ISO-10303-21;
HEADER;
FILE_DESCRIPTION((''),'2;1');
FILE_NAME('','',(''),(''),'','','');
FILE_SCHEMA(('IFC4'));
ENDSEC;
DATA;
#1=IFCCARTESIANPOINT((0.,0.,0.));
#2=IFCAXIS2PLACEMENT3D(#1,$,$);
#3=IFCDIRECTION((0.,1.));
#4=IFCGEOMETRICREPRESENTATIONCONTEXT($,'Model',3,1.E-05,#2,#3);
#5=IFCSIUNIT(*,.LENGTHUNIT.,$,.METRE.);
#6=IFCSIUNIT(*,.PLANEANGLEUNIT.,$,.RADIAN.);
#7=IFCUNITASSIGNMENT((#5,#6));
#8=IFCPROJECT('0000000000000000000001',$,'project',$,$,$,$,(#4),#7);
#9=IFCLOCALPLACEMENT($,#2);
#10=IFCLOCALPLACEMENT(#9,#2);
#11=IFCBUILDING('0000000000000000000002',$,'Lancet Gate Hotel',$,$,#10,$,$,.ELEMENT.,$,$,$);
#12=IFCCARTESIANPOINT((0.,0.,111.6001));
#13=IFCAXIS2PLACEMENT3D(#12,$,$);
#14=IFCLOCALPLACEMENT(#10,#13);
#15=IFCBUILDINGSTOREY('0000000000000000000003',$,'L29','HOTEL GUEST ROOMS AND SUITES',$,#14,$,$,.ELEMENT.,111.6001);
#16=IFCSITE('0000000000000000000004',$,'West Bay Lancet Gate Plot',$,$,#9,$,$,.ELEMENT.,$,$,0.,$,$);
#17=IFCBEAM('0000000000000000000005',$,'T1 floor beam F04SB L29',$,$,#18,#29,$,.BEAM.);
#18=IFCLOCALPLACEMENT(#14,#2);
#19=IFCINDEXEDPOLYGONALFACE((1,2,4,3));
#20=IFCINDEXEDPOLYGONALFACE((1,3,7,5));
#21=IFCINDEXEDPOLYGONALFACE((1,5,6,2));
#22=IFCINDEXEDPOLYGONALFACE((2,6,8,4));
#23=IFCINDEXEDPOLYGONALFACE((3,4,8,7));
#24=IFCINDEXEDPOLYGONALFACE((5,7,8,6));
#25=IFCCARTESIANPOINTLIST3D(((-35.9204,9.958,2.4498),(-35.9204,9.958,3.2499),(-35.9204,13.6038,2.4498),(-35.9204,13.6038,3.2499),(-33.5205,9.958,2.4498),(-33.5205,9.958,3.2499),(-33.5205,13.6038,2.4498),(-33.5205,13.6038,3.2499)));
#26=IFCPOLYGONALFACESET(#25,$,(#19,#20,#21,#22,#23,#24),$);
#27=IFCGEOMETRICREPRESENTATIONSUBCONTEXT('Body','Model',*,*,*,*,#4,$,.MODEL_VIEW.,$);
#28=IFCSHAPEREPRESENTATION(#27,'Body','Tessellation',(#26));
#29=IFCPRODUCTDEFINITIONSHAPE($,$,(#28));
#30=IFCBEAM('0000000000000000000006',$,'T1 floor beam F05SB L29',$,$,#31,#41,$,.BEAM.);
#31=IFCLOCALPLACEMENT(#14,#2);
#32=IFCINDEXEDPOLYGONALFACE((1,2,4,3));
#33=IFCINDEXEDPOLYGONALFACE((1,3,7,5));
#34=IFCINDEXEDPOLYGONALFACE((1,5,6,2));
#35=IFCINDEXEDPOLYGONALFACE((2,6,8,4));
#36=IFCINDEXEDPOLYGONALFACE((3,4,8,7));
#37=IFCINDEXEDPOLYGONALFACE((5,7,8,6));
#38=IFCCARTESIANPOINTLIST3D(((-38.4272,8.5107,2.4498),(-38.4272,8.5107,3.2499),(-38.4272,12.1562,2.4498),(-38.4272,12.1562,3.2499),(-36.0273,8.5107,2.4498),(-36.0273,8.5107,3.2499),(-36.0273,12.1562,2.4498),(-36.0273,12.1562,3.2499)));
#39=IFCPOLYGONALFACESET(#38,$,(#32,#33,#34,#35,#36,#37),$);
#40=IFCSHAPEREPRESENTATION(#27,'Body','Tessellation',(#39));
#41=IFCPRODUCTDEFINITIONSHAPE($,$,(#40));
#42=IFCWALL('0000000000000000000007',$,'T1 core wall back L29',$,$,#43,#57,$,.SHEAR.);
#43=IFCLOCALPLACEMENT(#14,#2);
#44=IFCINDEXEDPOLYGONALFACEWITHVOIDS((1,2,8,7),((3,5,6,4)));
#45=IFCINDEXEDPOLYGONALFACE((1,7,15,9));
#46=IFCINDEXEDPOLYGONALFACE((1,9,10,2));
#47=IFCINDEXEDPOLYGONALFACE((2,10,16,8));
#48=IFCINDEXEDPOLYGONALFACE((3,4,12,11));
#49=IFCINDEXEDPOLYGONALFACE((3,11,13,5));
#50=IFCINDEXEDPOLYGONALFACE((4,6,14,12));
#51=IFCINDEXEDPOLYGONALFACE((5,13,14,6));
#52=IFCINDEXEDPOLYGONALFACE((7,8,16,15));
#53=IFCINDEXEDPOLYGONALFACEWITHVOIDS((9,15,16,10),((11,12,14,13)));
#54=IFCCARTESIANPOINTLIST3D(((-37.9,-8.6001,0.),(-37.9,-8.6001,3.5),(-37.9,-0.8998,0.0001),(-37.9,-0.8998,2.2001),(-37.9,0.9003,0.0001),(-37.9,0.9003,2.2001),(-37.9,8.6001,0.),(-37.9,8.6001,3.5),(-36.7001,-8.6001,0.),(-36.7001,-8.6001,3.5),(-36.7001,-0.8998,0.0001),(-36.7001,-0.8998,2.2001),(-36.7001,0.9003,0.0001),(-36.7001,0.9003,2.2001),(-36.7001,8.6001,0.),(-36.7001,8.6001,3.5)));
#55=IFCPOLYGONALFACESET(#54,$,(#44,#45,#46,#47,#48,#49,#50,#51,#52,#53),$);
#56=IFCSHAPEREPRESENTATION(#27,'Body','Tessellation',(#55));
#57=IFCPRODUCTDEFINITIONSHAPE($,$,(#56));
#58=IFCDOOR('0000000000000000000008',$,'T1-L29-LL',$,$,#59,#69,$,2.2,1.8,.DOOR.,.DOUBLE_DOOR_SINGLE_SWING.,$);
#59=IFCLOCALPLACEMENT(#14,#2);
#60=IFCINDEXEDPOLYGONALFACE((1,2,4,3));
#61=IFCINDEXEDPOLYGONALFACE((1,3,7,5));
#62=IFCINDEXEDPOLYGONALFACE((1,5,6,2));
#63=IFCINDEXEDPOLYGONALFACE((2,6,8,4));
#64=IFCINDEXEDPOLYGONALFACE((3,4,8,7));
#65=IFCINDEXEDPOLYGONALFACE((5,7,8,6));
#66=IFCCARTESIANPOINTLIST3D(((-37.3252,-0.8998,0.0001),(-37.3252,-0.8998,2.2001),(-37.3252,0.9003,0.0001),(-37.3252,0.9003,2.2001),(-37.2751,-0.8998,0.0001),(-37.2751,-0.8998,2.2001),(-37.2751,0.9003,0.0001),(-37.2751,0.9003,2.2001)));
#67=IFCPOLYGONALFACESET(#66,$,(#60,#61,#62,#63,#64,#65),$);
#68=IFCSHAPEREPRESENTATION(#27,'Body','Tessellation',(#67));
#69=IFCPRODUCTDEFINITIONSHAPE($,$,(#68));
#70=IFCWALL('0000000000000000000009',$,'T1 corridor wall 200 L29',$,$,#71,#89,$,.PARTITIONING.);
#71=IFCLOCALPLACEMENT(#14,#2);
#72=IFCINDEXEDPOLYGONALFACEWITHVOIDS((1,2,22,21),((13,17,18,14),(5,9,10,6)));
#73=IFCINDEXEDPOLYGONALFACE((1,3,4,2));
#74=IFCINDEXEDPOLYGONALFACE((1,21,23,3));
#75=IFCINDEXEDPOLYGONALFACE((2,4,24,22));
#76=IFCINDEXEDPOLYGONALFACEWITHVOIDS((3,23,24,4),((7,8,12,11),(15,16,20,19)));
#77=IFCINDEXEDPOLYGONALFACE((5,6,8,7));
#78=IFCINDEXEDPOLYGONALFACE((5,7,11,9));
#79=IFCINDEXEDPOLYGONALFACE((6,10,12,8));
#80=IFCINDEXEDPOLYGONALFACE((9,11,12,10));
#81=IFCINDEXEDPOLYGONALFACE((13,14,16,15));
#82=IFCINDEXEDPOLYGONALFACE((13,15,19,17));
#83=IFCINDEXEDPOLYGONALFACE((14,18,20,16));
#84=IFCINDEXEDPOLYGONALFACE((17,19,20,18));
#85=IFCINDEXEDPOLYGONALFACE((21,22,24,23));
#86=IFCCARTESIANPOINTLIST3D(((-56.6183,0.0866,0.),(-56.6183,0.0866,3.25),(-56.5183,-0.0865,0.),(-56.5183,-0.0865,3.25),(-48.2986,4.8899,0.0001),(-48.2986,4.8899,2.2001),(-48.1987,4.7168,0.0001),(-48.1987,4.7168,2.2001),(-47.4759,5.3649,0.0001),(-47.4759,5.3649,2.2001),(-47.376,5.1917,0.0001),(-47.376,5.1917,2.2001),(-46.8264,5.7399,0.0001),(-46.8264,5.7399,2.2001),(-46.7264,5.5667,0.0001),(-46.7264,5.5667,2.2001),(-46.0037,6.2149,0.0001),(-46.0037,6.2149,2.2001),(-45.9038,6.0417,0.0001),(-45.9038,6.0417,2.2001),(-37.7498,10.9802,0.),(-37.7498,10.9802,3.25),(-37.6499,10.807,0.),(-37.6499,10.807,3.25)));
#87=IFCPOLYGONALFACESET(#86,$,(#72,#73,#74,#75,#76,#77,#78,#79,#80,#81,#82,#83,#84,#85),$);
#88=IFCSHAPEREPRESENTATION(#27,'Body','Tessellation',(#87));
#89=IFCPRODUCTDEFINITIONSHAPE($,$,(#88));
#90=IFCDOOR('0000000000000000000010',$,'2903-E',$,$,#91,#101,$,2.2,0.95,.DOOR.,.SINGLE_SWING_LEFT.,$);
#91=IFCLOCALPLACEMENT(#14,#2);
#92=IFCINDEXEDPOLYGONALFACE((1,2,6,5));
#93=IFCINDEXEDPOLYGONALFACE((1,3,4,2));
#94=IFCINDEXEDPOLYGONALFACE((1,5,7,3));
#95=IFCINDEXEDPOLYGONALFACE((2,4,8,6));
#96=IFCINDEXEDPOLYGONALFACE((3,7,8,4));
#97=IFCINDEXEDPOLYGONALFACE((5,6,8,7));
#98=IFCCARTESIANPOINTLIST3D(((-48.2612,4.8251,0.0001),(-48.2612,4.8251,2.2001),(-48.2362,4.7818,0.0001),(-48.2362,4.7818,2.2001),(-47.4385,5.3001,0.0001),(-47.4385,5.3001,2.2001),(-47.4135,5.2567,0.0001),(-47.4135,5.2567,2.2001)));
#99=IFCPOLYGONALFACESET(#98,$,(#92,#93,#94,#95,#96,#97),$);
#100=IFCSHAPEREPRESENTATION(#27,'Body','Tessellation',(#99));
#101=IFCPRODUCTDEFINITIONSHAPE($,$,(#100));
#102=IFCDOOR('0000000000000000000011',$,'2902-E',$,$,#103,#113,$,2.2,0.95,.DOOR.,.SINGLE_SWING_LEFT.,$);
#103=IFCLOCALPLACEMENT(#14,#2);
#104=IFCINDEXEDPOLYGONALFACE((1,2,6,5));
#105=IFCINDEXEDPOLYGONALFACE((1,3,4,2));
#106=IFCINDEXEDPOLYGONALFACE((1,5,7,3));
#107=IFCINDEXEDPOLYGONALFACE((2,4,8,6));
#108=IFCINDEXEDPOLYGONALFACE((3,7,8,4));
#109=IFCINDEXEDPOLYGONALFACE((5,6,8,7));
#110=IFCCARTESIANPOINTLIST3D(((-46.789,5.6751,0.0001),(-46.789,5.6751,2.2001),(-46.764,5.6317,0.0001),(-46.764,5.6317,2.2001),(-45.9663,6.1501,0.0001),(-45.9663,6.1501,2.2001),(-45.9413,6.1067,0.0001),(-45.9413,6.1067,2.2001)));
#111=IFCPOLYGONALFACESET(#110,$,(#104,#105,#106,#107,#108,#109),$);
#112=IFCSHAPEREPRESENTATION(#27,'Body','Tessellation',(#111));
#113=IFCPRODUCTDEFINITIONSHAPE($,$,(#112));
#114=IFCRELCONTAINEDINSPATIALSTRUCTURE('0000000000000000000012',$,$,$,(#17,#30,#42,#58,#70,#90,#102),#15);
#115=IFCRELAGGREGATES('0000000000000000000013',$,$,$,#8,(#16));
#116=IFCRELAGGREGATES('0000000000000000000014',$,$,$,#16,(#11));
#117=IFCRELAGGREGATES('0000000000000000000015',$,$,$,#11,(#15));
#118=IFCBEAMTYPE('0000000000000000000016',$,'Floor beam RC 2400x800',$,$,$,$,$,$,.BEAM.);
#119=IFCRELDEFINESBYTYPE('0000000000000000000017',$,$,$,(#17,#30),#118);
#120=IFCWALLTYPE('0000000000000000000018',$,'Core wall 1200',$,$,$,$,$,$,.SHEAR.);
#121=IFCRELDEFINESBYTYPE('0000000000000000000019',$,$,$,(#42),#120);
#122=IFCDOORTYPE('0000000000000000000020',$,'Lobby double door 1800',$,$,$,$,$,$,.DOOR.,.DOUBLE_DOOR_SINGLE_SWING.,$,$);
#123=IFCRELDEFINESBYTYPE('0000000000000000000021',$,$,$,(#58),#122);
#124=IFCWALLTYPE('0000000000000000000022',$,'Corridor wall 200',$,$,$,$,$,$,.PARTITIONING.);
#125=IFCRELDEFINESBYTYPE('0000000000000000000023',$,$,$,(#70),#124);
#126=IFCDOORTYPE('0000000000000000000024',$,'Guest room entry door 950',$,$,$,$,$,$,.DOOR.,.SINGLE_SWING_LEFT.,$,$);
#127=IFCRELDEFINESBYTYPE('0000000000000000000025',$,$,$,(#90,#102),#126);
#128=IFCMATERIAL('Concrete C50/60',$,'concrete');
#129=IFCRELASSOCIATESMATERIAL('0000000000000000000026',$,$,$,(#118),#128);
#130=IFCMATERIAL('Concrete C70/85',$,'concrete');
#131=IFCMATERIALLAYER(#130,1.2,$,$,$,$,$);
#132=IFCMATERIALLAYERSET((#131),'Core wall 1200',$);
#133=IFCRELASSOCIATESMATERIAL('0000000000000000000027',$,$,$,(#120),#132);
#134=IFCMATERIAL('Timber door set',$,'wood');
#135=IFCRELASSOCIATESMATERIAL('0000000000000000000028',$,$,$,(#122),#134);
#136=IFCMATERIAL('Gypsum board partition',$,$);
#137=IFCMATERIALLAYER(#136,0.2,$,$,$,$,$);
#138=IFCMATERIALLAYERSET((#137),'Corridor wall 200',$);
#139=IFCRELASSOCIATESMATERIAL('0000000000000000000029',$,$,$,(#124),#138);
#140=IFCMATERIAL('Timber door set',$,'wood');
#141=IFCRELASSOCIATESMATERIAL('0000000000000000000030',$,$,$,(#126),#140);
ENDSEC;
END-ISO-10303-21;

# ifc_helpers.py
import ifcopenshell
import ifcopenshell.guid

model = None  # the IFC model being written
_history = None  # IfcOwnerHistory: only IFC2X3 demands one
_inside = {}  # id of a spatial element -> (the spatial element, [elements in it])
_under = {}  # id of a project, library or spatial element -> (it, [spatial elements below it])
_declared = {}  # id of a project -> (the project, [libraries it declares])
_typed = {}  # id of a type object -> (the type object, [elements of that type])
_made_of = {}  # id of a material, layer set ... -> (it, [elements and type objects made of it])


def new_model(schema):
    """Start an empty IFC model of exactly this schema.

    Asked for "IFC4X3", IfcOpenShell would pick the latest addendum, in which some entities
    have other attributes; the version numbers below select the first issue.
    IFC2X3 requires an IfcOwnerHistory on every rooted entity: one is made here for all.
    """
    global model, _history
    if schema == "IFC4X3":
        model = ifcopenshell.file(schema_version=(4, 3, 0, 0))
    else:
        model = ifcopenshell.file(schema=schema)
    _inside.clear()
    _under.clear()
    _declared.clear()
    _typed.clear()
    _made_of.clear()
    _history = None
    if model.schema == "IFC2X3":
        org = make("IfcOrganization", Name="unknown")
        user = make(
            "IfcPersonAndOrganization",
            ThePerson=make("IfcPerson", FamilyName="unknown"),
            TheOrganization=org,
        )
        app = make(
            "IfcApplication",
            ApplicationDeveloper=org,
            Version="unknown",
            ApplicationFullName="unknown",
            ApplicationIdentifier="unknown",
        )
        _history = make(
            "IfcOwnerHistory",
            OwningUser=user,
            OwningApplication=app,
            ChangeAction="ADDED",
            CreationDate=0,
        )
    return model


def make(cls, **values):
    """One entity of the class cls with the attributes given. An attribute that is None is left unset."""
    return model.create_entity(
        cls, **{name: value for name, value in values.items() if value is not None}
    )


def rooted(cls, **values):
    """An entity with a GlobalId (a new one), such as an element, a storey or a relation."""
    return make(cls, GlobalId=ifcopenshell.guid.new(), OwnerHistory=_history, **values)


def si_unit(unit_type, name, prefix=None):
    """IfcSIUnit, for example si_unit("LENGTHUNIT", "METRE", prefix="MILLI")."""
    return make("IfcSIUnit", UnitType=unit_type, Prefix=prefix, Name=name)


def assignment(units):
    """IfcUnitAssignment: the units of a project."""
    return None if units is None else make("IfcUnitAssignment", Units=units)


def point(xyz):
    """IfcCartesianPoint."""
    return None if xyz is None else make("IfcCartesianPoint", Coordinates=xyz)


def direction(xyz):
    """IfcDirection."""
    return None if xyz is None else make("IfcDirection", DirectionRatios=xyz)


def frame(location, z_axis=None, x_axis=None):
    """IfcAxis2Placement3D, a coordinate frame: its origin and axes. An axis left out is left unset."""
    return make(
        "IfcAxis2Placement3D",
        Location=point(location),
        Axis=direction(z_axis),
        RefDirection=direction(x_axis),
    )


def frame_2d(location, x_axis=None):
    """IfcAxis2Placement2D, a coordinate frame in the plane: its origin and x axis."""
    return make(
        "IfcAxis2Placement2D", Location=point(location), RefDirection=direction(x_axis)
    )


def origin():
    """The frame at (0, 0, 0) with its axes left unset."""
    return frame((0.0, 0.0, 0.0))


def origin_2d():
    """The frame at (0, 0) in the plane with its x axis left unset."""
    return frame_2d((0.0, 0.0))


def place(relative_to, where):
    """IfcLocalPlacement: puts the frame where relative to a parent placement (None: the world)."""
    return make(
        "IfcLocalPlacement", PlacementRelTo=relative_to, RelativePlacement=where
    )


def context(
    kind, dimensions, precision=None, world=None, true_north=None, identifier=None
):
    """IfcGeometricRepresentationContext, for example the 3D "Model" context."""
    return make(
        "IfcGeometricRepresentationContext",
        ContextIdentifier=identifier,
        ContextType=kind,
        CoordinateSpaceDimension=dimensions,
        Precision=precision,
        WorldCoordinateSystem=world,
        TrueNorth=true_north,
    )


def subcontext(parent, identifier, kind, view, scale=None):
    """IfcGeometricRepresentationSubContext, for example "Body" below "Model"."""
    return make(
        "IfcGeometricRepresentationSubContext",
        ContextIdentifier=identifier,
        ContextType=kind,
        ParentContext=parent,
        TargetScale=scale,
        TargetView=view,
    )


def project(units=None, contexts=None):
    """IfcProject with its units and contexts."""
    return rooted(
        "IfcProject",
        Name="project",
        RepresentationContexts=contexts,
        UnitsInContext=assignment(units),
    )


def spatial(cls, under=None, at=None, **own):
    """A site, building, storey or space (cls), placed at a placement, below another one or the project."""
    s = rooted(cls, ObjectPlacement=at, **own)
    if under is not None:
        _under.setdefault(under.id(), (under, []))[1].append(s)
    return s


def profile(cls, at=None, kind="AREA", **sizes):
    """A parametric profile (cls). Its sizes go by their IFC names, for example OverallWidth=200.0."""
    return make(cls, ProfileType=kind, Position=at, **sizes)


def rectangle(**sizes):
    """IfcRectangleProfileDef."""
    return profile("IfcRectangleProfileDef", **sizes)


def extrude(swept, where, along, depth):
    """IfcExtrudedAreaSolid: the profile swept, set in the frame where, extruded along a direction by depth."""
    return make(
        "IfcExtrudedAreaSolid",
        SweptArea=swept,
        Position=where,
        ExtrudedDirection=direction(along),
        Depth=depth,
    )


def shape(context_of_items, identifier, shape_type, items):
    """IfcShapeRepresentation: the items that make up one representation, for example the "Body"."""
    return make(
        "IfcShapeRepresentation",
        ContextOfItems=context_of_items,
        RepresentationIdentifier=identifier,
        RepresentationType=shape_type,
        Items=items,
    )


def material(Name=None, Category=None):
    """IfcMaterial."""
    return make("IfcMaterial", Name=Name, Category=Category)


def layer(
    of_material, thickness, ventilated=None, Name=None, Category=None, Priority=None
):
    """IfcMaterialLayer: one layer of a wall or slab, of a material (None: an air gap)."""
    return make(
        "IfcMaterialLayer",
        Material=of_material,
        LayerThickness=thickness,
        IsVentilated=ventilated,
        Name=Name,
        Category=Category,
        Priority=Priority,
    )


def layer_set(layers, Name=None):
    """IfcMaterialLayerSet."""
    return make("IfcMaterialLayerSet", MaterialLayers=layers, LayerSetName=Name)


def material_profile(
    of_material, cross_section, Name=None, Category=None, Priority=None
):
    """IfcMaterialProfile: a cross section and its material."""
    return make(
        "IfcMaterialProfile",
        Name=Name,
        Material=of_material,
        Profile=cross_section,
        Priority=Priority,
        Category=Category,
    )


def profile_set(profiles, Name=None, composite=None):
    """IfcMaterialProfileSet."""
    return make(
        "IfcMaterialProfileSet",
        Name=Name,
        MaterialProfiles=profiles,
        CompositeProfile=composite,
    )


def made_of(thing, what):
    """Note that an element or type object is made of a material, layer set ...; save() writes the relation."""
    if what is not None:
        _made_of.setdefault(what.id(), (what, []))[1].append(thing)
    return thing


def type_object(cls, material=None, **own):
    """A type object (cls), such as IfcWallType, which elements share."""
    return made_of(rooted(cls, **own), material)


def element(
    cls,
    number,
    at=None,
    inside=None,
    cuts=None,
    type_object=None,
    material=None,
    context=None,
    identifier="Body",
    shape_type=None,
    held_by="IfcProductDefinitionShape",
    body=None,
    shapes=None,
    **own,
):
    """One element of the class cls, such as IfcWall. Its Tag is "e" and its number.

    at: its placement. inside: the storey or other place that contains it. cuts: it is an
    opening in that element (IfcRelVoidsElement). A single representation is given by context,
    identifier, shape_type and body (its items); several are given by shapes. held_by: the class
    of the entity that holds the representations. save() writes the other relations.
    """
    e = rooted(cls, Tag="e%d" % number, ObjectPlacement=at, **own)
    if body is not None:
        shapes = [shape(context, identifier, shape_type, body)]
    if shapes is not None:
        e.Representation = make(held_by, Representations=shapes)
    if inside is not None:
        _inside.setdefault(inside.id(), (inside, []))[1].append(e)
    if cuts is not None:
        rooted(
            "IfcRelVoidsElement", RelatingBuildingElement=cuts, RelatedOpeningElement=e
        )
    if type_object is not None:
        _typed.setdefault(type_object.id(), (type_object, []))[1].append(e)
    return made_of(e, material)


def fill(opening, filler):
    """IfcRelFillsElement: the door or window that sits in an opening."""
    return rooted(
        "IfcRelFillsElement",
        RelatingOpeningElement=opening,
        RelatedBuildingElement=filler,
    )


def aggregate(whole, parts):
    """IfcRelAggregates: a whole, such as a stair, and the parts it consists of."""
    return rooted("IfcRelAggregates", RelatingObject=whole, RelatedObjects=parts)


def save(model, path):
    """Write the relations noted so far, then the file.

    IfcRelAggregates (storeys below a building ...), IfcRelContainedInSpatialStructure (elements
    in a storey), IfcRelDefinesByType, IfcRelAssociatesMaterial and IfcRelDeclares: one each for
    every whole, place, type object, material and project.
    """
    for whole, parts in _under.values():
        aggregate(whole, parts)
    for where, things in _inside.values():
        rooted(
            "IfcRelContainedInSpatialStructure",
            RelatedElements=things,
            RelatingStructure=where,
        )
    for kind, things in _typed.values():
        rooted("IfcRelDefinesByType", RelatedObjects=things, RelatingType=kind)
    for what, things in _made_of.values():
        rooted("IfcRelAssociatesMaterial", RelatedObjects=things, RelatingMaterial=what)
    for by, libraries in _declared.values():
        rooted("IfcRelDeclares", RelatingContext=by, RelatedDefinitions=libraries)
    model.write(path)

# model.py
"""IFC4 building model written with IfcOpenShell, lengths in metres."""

from ifc_helpers import new_model, si_unit, direction, frame, frame_2d, origin, origin_2d, place, context, subcontext, project, spatial, rectangle, extrude, material, layer, layer_set, material_profile, profile_set, type_object, element, fill, save


model = new_model("IFC4")

# Units and contexts
model_context = context("Model", 3, precision=1e-05, world=origin(), true_north=direction((0.0, 1.0)))
body_context = subcontext(model_context, "Body", "Model", "MODEL_VIEW")
ifc_project = project(units=[si_unit("LENGTHUNIT", "METRE"), si_unit("PLANEANGLEUNIT", "RADIAN")], contexts=[model_context])

# Site, building, storey
site_placement = place(None, origin())
site = spatial("IfcSite", under=ifc_project, at=site_placement, Name="West Bay Lancet Gate Plot", CompositionType="ELEMENT", RefElevation=0.0)
building_placement = place(site_placement, origin())
building = spatial("IfcBuilding", under=site, at=building_placement, Name="Lancet Gate Hotel", CompositionType="ELEMENT")
storey_placement = place(building_placement, frame((0.0, 0.0, 111.6001)))
storey = spatial("IfcBuildingStorey", under=building, at=storey_placement, Name="L29", Description="HOTEL GUEST ROOMS AND SUITES", CompositionType="ELEMENT", Elevation=111.6001)

# Beams
ifc_material_1 = material(Name="Concrete C50/60", Category="concrete")
ifc_material_profile = material_profile(ifc_material_1, rectangle(XDim=2.3999, YDim=0.8, at=origin_2d()), Name="RC 2400x800")
ifc_profile_set = profile_set([ifc_material_profile], Name="Concrete C50/60")
beam_type = type_object("IfcBeamType", Name="Floor beam RC 2400x800", PredefinedType="BEAM", material=ifc_profile_set)
beam_1_placement = place(storey_placement, frame((-34.7205, 13.6038, 2.8499), z_axis=(0.0, -1.0, 0.0), x_axis=(1.0, 0.0, 0.0)))
element("IfcBeam", 1, at=beam_1_placement, inside=storey, type_object=beam_type, Name="T1 floor beam F04SB L29", PredefinedType="BEAM", context=body_context, shape_type="SweptSolid", body=[
    extrude(rectangle(XDim=2.3999, YDim=0.8, at=origin_2d()), origin(), (0.0, 0.0, 1.0), 3.6458),
])
beam_2_placement = place(storey_placement, frame((-37.2273, 12.1562, 2.8499), z_axis=(0.0, -1.0, 0.0), x_axis=(1.0, 0.0, 0.0)))
element("IfcBeam", 2, at=beam_2_placement, inside=storey, type_object=beam_type, Name="T1 floor beam F05SB L29", PredefinedType="BEAM", context=body_context, shape_type="SweptSolid", body=[
    extrude(rectangle(XDim=2.3999, YDim=0.8, at=origin_2d()), origin(), (0.0, 0.0, 1.0), 3.6455),
])

# Wall, opening, door
ifc_material_2 = material(Name="Concrete C70/85", Category="concrete")
ifc_layer_1 = layer(ifc_material_2, 1.2)
ifc_layer_set_1 = layer_set([ifc_layer_1], Name="Core wall 1200")
wall_type_1 = type_object("IfcWallType", Name="Core wall 1200", PredefinedType="SHEAR", material=ifc_layer_set_1)
wall_1_placement = place(storey_placement, frame((-37.3, 8.6001, 0.0), z_axis=(0.0, 0.0, 1.0), x_axis=(0.0, -1.0, 0.0)))
wall_1 = element("IfcWall", 3, at=wall_1_placement, inside=storey, type_object=wall_type_1, Name="T1 core wall back L29", PredefinedType="SHEAR", context=body_context, shape_type="SweptSolid", body=[
    extrude(rectangle(XDim=17.2002, YDim=1.2, at=frame_2d((8.6001, 0.0))), origin(), (0.0, 0.0, 1.0), 3.5),
])
opening_1_placement = place(wall_1_placement, frame((7.7, 0.0, 0.0)))
opening_1 = element("IfcOpeningElement", 4, at=opening_1_placement, cuts=wall_1, PredefinedType="OPENING", context=body_context, shape_type="SweptSolid", body=[
    extrude(rectangle(XDim=1.8, YDim=2.2, at=frame_2d((0.8999, 1.1001))), frame((0.0, 0.6099, 0.0), z_axis=(0.0, -1.0, 0.0), x_axis=(1.0, 0.0, 0.0)), (0.0, 0.0, 1.0), 1.22),
])
ifc_material_3 = material(Name="Timber door set", Category="wood")
door_type_1 = type_object("IfcDoorType", Name="Lobby double door 1800", OperationType="DOUBLE_DOOR_SINGLE_SWING", PredefinedType="DOOR", material=ifc_material_3)
door_1_placement = place(opening_1_placement, origin())
door_1 = element("IfcDoor", 5, at=door_1_placement, inside=storey, type_object=door_type_1, Name="T1-L29-LL", OperationType="DOUBLE_DOOR_SINGLE_SWING", OverallHeight=2.2, OverallWidth=1.8, PredefinedType="DOOR", context=body_context, shape_type="SweptSolid", body=[
    extrude(rectangle(XDim=1.8, YDim=2.2, at=frame_2d((0.8999, 1.1001))), frame((0.0, 0.0249, 0.0), z_axis=(0.0, -1.0, 0.0), x_axis=(1.0, 0.0, 0.0)), (0.0, 0.0, 1.0), 0.05),
])
fill(opening_1, door_1)

# Wall, openings, doors
ifc_material_4 = material(Name="Gypsum board partition")
ifc_layer_2 = layer(ifc_material_4, 0.2)
ifc_layer_set_2 = layer_set([ifc_layer_2], Name="Corridor wall 200")
wall_type_2 = type_object("IfcWallType", Name="Corridor wall 200", PredefinedType="PARTITIONING", material=ifc_layer_set_2)
wall_2_placement = place(storey_placement, frame((-37.7, 10.8936, 0.0), z_axis=(0.0, 0.0, 1.0), x_axis=(-0.866028, -0.499996, 0.0)))
wall_2 = element("IfcWall", 6, at=wall_2_placement, inside=storey, type_object=wall_type_2, Name="T1 corridor wall 200 L29", PredefinedType="PARTITIONING", context=body_context, shape_type="SweptSolid", body=[
    extrude(rectangle(XDim=21.7874, YDim=0.2, at=frame_2d((10.8936, 0.0))), origin(), (0.0, 0.0, 1.0), 3.25),
])
opening_2_placement = place(wall_2_placement, frame((11.2305, 0.0, 0.0)))
opening_2 = element("IfcOpeningElement", 7, at=opening_2_placement, cuts=wall_2, PredefinedType="OPENING", context=body_context, shape_type="SweptSolid", body=[
    extrude(rectangle(XDim=0.95, YDim=2.2, at=frame_2d((0.4751, 1.1001))), frame((0.0, 0.1099, 0.0), z_axis=(0.0, -1.0, 0.0), x_axis=(1.0, 0.0, 0.0)), (0.0, 0.0, 1.0), 0.22),
])
opening_3_placement = place(wall_2_placement, frame((9.5305, 0.0, 0.0)))
opening_3 = element("IfcOpeningElement", 8, at=opening_3_placement, cuts=wall_2, PredefinedType="OPENING", context=body_context, shape_type="SweptSolid", body=[
    extrude(rectangle(XDim=0.95, YDim=2.2, at=frame_2d((0.4751, 1.1001))), frame((0.0, 0.1099, 0.0), z_axis=(0.0, -1.0, 0.0), x_axis=(1.0, 0.0, 0.0)), (0.0, 0.0, 1.0), 0.22),
])
ifc_material_5 = material(Name="Timber door set", Category="wood")
door_type_2 = type_object("IfcDoorType", Name="Guest room entry door 950", OperationType="SINGLE_SWING_LEFT", PredefinedType="DOOR", material=ifc_material_5)
door_2_placement = place(opening_2_placement, origin())
door_2 = element("IfcDoor", 9, at=door_2_placement, inside=storey, type_object=door_type_2, Name="2903-E", OperationType="SINGLE_SWING_LEFT", OverallHeight=2.2, OverallWidth=0.95, PredefinedType="DOOR", context=body_context, shape_type="SweptSolid", body=[
    extrude(rectangle(XDim=0.95, YDim=2.2, at=frame_2d((0.4751, 1.1001))), frame((0.0, 0.0249, 0.0), z_axis=(0.0, -1.0, 0.0), x_axis=(1.0, 0.0, 0.0)), (0.0, 0.0, 1.0), 0.05),
])
fill(opening_2, door_2)
door_3_placement = place(opening_3_placement, origin())
door_3 = element("IfcDoor", 10, at=door_3_placement, inside=storey, type_object=door_type_2, Name="2902-E", OperationType="SINGLE_SWING_LEFT", OverallHeight=2.2, OverallWidth=0.95, PredefinedType="DOOR", context=body_context, shape_type="SweptSolid", body=[
    extrude(rectangle(XDim=0.95, YDim=2.2, at=frame_2d((0.4751, 1.1001))), frame((0.0, 0.0249, 0.0), z_axis=(0.0, -1.0, 0.0), x_axis=(1.0, 0.0, 0.0)), (0.0, 0.0, 1.0), 0.05),
])
fill(opening_3, door_3)

save(model, "model.ifc")
